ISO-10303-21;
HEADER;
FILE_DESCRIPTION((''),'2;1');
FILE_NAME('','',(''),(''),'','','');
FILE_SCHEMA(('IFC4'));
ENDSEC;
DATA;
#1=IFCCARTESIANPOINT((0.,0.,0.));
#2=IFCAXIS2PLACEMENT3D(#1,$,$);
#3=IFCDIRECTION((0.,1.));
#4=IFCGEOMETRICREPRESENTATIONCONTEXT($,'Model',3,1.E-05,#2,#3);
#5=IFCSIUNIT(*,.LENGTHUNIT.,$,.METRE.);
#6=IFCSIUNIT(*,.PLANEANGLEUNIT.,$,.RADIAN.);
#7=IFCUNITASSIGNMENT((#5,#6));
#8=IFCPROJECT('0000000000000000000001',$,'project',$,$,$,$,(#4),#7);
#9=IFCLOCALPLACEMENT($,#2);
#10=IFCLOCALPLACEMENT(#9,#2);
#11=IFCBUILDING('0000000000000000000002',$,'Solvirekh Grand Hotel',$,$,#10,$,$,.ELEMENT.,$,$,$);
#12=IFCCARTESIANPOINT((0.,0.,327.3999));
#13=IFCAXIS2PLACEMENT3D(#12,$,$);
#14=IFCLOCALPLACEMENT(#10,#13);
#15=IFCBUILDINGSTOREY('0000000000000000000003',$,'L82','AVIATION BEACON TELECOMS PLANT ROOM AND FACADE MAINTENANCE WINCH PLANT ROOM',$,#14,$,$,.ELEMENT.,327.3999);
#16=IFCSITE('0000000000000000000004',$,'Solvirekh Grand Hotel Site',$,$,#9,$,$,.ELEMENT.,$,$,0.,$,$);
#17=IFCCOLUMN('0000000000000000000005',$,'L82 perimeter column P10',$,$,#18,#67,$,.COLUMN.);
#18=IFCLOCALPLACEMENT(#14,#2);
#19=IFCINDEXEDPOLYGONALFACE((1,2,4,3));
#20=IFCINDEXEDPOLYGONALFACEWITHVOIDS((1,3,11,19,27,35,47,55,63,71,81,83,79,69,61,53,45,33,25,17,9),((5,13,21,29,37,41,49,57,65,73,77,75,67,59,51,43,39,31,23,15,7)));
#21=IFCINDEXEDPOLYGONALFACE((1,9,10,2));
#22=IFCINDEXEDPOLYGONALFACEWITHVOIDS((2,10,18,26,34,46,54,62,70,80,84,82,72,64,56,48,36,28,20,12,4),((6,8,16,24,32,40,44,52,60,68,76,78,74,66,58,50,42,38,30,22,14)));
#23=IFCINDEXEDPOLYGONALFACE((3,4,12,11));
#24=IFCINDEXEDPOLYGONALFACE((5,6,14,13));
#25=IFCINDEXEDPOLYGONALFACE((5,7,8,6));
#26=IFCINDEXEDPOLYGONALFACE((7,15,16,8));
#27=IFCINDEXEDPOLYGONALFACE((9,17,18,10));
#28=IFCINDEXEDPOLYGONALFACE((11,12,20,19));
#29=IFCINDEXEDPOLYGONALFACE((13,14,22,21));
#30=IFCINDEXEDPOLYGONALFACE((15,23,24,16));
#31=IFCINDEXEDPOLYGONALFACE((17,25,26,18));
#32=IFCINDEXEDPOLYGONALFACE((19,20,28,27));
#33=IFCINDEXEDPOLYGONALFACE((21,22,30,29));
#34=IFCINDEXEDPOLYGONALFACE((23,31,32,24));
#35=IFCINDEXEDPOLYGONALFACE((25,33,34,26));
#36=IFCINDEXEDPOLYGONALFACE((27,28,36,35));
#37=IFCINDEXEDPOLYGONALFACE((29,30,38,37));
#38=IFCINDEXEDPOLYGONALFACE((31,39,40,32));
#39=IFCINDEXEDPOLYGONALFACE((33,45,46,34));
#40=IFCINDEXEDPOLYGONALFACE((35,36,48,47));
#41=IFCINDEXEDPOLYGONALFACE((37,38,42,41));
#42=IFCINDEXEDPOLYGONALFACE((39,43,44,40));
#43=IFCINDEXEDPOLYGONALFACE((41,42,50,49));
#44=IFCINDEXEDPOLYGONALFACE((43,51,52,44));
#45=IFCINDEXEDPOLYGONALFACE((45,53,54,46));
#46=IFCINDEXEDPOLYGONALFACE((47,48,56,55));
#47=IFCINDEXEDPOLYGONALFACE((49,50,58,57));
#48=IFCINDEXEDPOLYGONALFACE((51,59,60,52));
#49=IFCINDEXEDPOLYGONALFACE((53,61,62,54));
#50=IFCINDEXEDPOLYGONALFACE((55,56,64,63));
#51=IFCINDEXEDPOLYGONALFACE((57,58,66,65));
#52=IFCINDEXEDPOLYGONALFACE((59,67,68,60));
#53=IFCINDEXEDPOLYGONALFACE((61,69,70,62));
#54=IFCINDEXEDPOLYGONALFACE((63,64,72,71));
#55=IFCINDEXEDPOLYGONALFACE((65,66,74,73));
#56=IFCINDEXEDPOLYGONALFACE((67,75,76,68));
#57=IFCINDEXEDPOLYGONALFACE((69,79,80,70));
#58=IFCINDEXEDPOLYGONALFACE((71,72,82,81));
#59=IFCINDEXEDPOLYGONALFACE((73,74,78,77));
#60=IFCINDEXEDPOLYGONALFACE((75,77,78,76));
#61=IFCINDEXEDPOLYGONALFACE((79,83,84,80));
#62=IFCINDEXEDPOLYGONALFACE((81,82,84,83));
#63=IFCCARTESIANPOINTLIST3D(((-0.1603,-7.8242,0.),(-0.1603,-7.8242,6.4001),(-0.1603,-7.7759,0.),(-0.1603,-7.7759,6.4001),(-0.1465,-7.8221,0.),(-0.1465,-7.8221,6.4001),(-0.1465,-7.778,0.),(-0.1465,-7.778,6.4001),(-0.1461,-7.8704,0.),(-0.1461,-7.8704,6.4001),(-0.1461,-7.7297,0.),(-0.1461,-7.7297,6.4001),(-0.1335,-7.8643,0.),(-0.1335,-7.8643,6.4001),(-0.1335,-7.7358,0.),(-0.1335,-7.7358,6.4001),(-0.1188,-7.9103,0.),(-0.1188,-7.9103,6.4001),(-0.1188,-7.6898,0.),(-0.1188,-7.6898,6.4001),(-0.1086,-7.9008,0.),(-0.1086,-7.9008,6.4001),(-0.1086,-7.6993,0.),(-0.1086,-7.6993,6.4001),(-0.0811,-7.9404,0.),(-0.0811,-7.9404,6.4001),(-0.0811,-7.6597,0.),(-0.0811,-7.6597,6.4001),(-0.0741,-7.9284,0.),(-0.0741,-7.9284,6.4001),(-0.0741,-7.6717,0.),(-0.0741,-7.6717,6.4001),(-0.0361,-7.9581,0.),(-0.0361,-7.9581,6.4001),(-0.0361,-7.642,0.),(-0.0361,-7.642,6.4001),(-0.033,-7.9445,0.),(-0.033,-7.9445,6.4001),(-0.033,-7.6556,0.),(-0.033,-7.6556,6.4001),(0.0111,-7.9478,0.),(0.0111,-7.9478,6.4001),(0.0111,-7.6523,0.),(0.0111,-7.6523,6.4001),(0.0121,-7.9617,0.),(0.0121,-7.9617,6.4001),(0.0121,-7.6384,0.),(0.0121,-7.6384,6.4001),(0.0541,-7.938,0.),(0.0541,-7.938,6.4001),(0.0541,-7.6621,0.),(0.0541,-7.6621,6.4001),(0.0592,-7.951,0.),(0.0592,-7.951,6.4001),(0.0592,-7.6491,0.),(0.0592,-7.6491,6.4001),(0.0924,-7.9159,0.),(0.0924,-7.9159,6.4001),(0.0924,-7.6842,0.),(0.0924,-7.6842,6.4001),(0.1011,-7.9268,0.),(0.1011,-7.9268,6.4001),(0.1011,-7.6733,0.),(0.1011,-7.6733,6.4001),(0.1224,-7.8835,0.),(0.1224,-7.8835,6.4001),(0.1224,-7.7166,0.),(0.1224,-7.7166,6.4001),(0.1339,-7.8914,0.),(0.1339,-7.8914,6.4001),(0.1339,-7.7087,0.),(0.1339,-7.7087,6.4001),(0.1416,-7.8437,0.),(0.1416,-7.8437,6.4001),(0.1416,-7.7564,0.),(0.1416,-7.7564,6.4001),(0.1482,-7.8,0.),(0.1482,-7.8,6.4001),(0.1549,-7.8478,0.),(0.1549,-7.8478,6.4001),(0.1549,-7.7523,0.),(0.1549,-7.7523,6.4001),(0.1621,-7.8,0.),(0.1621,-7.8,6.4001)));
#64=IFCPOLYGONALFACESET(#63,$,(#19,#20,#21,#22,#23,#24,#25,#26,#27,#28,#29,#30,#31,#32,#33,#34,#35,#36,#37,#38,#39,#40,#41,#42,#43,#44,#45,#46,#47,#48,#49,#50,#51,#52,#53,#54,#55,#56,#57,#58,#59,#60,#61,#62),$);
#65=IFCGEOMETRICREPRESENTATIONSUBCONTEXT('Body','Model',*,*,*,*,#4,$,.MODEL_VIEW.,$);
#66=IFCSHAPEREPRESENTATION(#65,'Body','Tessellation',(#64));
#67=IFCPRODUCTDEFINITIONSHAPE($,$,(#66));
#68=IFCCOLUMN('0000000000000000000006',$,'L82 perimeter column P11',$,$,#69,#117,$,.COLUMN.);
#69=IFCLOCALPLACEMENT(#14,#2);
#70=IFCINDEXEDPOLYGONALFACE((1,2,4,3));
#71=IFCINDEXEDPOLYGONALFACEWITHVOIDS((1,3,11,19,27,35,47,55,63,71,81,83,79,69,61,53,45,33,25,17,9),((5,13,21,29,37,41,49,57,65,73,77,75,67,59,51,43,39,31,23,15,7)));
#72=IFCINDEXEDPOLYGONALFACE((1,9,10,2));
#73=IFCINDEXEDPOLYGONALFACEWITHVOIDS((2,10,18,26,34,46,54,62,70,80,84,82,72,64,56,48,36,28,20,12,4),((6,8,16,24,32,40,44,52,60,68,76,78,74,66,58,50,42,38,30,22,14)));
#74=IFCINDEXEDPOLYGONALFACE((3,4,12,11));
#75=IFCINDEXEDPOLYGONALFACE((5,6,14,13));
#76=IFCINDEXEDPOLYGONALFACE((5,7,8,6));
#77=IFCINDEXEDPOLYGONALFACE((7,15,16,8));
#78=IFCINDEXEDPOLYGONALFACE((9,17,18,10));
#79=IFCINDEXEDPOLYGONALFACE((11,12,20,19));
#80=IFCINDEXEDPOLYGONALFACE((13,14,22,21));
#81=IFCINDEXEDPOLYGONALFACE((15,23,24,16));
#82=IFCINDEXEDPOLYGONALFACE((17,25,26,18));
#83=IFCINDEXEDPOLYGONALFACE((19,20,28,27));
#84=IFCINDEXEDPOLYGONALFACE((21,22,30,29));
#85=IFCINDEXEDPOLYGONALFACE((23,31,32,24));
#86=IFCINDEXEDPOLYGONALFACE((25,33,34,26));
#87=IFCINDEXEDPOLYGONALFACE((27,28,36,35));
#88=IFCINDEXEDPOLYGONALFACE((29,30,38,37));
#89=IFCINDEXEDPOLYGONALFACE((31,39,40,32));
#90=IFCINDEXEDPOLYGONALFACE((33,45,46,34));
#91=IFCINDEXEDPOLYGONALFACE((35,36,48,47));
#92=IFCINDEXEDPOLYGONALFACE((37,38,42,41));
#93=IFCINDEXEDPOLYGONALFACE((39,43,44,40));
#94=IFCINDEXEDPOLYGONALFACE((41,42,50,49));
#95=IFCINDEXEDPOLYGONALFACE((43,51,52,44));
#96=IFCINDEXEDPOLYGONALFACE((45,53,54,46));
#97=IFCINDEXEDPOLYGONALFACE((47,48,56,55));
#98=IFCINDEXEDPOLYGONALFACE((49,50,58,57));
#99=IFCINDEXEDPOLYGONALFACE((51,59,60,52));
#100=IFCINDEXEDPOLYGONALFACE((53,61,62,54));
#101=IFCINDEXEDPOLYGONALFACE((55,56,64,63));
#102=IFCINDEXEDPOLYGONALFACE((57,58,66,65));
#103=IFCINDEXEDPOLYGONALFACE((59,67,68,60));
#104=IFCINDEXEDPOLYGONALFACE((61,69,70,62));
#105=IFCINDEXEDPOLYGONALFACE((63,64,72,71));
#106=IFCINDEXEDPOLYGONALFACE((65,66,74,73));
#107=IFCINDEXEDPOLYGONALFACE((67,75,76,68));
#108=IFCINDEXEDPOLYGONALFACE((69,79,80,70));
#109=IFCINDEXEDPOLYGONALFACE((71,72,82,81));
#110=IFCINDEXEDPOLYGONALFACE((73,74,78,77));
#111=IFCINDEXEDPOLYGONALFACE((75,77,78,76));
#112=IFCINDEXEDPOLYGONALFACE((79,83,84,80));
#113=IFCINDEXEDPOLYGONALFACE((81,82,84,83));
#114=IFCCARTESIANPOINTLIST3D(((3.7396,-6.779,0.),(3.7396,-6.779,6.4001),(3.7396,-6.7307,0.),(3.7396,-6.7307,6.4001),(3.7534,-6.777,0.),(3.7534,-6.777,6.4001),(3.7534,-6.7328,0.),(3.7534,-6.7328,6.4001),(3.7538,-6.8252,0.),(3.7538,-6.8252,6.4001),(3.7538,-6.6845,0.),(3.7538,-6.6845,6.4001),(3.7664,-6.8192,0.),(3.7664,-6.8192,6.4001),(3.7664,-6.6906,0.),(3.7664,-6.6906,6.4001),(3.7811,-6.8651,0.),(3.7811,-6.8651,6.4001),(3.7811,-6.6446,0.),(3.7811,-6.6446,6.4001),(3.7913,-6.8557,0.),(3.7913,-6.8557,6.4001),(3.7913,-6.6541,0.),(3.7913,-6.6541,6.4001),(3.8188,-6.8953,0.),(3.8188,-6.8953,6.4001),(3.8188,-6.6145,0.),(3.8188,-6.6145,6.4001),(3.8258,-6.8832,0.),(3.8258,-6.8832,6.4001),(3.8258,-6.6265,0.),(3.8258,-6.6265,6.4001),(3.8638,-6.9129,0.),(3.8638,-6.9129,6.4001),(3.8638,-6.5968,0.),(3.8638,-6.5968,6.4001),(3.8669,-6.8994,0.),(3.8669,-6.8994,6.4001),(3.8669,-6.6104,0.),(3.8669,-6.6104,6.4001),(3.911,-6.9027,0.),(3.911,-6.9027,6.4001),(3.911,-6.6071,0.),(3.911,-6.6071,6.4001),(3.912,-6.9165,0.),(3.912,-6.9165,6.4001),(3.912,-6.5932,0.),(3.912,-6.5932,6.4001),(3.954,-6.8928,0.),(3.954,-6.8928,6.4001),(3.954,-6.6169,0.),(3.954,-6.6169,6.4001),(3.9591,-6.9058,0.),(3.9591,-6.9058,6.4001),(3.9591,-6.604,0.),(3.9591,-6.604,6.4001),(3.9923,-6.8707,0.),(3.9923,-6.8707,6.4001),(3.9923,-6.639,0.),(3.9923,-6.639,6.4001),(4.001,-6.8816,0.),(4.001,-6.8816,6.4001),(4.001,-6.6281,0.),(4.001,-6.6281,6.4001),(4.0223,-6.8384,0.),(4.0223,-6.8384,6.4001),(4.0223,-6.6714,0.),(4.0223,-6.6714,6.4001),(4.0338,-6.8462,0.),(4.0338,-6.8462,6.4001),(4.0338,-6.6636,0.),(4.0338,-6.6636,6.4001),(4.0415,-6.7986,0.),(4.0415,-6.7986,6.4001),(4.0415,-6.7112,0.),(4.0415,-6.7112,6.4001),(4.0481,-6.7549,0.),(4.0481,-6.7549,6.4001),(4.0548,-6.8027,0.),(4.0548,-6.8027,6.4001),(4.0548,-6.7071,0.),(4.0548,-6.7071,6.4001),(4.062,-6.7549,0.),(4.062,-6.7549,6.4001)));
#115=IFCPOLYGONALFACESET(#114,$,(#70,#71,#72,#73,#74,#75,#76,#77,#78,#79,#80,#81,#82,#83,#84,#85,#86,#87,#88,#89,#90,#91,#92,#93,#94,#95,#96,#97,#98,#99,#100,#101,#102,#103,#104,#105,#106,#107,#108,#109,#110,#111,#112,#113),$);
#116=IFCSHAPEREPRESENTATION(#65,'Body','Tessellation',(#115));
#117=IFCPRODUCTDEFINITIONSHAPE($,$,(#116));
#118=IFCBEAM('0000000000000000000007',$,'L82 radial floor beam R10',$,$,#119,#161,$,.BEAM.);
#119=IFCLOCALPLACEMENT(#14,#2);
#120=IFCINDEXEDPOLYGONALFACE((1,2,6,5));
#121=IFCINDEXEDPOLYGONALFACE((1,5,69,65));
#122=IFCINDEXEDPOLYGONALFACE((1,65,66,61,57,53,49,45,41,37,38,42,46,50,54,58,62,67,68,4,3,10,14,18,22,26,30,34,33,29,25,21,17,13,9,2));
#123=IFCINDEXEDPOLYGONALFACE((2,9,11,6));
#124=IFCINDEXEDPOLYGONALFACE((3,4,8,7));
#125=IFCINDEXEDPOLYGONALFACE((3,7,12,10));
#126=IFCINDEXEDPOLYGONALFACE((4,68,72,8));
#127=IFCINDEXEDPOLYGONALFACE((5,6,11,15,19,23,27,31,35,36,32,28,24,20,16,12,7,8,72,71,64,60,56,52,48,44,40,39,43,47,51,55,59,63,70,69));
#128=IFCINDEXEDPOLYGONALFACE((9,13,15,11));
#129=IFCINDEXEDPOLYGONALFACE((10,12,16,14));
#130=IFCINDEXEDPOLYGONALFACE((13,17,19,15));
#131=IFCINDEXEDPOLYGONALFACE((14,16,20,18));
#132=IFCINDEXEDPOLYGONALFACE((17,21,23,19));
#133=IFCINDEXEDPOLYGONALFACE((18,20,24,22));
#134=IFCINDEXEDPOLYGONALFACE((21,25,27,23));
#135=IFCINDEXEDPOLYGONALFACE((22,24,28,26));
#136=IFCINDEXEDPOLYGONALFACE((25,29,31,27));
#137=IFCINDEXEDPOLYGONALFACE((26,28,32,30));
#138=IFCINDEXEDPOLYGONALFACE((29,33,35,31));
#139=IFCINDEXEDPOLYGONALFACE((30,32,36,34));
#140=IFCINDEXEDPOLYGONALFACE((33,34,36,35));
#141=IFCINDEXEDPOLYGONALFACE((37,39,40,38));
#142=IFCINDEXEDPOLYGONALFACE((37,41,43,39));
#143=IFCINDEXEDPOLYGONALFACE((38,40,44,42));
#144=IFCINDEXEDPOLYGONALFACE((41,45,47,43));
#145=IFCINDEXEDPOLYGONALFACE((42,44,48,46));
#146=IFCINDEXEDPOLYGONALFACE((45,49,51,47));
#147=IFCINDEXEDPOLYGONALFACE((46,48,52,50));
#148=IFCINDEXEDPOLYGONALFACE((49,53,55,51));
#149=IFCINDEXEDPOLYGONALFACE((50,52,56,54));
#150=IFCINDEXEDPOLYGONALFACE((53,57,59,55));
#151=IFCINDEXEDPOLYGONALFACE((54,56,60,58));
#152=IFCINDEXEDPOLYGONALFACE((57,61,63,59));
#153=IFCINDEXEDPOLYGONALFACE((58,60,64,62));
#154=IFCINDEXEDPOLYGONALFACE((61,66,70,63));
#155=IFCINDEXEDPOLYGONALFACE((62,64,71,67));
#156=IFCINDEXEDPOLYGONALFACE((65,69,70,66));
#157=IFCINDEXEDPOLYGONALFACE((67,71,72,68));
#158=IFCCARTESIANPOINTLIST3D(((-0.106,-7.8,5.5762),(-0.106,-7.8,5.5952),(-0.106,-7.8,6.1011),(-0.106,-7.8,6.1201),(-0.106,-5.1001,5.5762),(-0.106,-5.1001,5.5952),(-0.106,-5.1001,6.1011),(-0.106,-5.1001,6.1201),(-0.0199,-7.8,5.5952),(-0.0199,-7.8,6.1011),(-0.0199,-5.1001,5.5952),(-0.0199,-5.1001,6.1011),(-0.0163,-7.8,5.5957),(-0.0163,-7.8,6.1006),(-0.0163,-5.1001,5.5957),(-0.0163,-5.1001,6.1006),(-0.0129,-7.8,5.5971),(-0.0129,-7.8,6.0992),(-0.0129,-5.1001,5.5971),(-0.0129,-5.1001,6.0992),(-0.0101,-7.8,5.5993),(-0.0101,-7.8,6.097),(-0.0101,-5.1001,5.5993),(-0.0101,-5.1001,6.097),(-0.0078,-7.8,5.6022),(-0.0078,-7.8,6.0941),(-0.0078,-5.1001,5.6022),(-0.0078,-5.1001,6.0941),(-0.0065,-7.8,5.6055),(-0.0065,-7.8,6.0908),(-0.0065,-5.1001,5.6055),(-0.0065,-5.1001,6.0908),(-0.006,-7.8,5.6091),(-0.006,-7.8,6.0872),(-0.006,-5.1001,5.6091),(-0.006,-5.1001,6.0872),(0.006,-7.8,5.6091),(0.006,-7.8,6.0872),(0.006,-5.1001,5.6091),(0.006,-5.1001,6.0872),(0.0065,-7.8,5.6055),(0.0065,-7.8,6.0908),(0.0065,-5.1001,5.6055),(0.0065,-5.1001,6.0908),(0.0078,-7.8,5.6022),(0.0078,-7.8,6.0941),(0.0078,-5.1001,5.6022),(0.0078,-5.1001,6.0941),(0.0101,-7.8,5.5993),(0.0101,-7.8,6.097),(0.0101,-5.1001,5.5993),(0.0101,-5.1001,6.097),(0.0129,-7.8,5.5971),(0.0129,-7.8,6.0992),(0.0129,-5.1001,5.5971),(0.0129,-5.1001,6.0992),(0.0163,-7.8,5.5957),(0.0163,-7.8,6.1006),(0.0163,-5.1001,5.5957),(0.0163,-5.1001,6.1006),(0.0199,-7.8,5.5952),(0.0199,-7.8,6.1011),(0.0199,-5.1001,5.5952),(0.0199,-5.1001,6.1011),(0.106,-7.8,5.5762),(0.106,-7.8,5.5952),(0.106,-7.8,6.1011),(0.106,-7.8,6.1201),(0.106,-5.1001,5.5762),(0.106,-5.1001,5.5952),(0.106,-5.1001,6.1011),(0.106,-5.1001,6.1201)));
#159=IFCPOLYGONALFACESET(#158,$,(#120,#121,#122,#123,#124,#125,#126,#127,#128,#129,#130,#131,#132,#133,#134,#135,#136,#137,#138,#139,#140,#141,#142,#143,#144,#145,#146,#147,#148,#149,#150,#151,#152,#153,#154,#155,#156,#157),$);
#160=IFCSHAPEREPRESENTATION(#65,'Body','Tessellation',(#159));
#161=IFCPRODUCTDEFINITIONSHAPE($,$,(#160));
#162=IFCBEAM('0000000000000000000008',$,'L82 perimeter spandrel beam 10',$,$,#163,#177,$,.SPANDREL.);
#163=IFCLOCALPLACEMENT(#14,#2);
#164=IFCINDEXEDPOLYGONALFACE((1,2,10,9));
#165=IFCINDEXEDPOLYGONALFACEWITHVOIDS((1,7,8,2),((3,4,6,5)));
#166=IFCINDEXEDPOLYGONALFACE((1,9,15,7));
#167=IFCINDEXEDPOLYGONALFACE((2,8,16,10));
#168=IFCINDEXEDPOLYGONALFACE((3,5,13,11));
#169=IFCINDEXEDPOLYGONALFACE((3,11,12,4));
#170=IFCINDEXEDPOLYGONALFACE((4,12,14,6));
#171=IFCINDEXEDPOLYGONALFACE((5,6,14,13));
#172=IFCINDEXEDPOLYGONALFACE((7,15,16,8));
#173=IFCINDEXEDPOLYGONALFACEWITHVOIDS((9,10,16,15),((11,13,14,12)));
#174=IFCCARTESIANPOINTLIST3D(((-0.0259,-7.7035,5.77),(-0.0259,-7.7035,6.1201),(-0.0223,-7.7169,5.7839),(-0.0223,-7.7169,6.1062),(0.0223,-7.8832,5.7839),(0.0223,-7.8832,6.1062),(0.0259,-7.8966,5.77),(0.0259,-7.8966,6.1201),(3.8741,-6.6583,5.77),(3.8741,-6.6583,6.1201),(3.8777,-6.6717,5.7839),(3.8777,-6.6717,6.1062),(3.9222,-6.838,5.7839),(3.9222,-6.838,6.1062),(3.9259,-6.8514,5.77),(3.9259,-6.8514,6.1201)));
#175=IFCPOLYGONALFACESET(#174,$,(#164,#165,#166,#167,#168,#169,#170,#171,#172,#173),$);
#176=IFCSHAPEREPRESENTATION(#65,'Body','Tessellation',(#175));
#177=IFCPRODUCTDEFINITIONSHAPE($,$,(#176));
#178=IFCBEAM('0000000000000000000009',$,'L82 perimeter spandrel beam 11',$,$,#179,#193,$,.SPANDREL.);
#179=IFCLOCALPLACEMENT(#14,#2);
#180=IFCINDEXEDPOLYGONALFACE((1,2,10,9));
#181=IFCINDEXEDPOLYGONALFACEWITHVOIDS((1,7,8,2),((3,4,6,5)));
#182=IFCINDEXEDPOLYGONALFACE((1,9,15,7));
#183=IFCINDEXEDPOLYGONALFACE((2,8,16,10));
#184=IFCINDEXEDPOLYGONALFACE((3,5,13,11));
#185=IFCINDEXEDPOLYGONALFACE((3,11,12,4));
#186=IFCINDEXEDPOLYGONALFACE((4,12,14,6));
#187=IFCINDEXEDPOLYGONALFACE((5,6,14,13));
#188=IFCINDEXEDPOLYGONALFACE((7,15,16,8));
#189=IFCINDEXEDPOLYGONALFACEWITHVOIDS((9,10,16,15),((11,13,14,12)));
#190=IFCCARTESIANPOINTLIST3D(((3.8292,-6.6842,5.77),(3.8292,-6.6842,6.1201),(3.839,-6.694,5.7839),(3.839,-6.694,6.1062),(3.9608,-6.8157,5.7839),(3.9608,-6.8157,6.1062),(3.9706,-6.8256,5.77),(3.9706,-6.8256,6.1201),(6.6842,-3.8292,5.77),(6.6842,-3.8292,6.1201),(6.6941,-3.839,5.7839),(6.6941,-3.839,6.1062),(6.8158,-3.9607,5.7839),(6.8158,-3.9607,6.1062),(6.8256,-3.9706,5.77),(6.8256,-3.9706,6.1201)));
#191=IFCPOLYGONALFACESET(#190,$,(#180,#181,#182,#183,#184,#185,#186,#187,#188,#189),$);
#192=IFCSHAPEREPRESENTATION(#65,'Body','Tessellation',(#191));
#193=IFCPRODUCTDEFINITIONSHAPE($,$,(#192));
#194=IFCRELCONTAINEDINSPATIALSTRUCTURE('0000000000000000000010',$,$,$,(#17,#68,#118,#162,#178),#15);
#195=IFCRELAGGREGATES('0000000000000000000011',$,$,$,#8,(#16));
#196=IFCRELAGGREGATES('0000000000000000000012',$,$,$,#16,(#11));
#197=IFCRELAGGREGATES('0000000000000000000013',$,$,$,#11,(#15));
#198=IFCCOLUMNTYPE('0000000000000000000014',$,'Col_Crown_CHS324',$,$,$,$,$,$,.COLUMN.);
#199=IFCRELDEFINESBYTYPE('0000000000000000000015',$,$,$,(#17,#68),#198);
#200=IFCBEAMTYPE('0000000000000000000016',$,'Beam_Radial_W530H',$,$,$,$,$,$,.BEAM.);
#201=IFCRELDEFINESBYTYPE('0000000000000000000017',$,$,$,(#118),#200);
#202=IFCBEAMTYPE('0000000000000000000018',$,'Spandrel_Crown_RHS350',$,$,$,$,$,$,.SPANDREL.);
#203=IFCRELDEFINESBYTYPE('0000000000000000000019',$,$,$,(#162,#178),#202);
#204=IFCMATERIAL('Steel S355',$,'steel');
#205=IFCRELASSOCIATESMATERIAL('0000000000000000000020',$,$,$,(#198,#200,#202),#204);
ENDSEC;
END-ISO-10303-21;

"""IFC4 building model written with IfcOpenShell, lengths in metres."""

from ifc_helpers import new_model, si_unit, direction, frame, origin, origin_2d, place, context, subcontext, project, spatial, hollow_rectangle, hollow_circle, i_section, extrude, material, material_profile, profile_set, type_object, element, save


model = new_model("IFC4")

# Units and contexts
model_context = context("Model", 3, precision=1e-05, world=origin(), true_north=direction((0.0, 1.0)))
body_context = subcontext(model_context, "Body", "Model", "MODEL_VIEW")
ifc_project = project(units=[si_unit("LENGTHUNIT", "METRE"), si_unit("PLANEANGLEUNIT", "RADIAN")], contexts=[model_context])

# Site, building, storey
site_placement = place(None, origin())
site = spatial("IfcSite", under=ifc_project, at=site_placement, Name="Solvirekh Grand Hotel Site", CompositionType="ELEMENT", RefElevation=0.0)
building_placement = place(site_placement, origin())
building = spatial("IfcBuilding", under=site, at=building_placement, Name="Solvirekh Grand Hotel", CompositionType="ELEMENT")
storey_placement = place(building_placement, frame((0.0, 0.0, 327.3999)))
storey = spatial("IfcBuildingStorey", under=building, at=storey_placement, Name="L82", Description="AVIATION BEACON TELECOMS PLANT ROOM AND FACADE MAINTENANCE WINCH PLANT ROOM", CompositionType="ELEMENT", Elevation=327.3999)

# Columns
ifc_material_1 = material(Name="Steel S355", Category="steel")
ifc_material_profile_1 = material_profile(ifc_material_1, hollow_circle(Radius=0.1621, WallThickness=0.0139, at=origin_2d()), Name="CHS 324X14")
ifc_profile_set_1 = profile_set([ifc_material_profile_1], Name="Steel S355")
column_type = type_object("IfcColumnType", Name="Col_Crown_CHS324", PredefinedType="COLUMN", material=ifc_profile_set_1)
for number, where, z_axis, x_axis, name in (
    (1, (0.0, -7.8, 0.0), (0.0, 0.0, 1.0), (1.0, 0.0, 0.0), "L82 perimeter column P10"),
    (2, (3.8999, -6.7549, 0.0), (0.0, 0.0, 1.0), (1.0, 0.0, 0.0), "L82 perimeter column P11"),
):
    element("IfcColumn", number, at=place(storey_placement, frame(where, z_axis=z_axis, x_axis=x_axis)), inside=storey, type_object=column_type, Name=name, PredefinedType="COLUMN", context=body_context, shape_type="SweptSolid", body=[
        extrude(hollow_circle(Radius=0.1621, WallThickness=0.0139, at=origin_2d()), origin(), (0.0, 0.0, 1.0), 6.4001),
    ])

# Beams
ifc_material_profile_2 = material_profile(ifc_material_1, i_section(OverallWidth=0.2119, OverallDepth=0.5439, WebThickness=0.012, FlangeThickness=0.019, FilletRadius=0.0139, at=origin_2d()), Name="W530X123")
ifc_profile_set_2 = profile_set([ifc_material_profile_2], Name="Steel S355")
beam_type_1 = type_object("IfcBeamType", Name="Beam_Radial_W530H", PredefinedType="BEAM", material=ifc_profile_set_2)
beam_placement = place(storey_placement, frame((0.0, -5.1001, 5.8481), z_axis=(0.0, -1.0, 0.0), x_axis=(1.0, 0.0, 0.0)))
element("IfcBeam", 3, at=beam_placement, inside=storey, type_object=beam_type_1, Name="L82 radial floor beam R10", PredefinedType="BEAM", context=body_context, shape_type="SweptSolid", body=[
    extrude(i_section(OverallWidth=0.2119, OverallDepth=0.5439, WebThickness=0.012, FlangeThickness=0.019, FilletRadius=0.0139, at=origin_2d()), origin(), (0.0, 0.0, 1.0), 2.7),
])
ifc_material_profile_3 = material_profile(ifc_material_1, hollow_rectangle(XDim=0.2, YDim=0.3501, WallThickness=0.0139, at=origin_2d()), Name="RHS 350X200X14")
ifc_profile_set_3 = profile_set([ifc_material_profile_3], Name="Steel S355")
beam_type_2 = type_object("IfcBeamType", Name="Spandrel_Crown_RHS350", PredefinedType="SPANDREL", material=ifc_profile_set_3)
for number, where, z_axis, x_axis, name in (
    (4, (0.0, -7.8, 5.9451), (0.965914, 0.258863, 0.0), (-0.258863, 0.965914, 0.0), "L82 perimeter spandrel beam 10"),
    (5, (3.8999, -6.7549, 5.9451), (0.707107, 0.707107, 0.0), (-0.707107, 0.707107, 0.0), "L82 perimeter spandrel beam 11"),
):
    element("IfcBeam", number, at=place(storey_placement, frame(where, z_axis=z_axis, x_axis=x_axis)), inside=storey, type_object=beam_type_2, Name=name, PredefinedType="SPANDREL", context=body_context, shape_type="SweptSolid", body=[
        extrude(hollow_rectangle(XDim=0.2, YDim=0.3501, WallThickness=0.0139, at=origin_2d()), origin(), (0.0, 0.0, 1.0), 4.0376),
    ])

save(model, "model.ifc")
